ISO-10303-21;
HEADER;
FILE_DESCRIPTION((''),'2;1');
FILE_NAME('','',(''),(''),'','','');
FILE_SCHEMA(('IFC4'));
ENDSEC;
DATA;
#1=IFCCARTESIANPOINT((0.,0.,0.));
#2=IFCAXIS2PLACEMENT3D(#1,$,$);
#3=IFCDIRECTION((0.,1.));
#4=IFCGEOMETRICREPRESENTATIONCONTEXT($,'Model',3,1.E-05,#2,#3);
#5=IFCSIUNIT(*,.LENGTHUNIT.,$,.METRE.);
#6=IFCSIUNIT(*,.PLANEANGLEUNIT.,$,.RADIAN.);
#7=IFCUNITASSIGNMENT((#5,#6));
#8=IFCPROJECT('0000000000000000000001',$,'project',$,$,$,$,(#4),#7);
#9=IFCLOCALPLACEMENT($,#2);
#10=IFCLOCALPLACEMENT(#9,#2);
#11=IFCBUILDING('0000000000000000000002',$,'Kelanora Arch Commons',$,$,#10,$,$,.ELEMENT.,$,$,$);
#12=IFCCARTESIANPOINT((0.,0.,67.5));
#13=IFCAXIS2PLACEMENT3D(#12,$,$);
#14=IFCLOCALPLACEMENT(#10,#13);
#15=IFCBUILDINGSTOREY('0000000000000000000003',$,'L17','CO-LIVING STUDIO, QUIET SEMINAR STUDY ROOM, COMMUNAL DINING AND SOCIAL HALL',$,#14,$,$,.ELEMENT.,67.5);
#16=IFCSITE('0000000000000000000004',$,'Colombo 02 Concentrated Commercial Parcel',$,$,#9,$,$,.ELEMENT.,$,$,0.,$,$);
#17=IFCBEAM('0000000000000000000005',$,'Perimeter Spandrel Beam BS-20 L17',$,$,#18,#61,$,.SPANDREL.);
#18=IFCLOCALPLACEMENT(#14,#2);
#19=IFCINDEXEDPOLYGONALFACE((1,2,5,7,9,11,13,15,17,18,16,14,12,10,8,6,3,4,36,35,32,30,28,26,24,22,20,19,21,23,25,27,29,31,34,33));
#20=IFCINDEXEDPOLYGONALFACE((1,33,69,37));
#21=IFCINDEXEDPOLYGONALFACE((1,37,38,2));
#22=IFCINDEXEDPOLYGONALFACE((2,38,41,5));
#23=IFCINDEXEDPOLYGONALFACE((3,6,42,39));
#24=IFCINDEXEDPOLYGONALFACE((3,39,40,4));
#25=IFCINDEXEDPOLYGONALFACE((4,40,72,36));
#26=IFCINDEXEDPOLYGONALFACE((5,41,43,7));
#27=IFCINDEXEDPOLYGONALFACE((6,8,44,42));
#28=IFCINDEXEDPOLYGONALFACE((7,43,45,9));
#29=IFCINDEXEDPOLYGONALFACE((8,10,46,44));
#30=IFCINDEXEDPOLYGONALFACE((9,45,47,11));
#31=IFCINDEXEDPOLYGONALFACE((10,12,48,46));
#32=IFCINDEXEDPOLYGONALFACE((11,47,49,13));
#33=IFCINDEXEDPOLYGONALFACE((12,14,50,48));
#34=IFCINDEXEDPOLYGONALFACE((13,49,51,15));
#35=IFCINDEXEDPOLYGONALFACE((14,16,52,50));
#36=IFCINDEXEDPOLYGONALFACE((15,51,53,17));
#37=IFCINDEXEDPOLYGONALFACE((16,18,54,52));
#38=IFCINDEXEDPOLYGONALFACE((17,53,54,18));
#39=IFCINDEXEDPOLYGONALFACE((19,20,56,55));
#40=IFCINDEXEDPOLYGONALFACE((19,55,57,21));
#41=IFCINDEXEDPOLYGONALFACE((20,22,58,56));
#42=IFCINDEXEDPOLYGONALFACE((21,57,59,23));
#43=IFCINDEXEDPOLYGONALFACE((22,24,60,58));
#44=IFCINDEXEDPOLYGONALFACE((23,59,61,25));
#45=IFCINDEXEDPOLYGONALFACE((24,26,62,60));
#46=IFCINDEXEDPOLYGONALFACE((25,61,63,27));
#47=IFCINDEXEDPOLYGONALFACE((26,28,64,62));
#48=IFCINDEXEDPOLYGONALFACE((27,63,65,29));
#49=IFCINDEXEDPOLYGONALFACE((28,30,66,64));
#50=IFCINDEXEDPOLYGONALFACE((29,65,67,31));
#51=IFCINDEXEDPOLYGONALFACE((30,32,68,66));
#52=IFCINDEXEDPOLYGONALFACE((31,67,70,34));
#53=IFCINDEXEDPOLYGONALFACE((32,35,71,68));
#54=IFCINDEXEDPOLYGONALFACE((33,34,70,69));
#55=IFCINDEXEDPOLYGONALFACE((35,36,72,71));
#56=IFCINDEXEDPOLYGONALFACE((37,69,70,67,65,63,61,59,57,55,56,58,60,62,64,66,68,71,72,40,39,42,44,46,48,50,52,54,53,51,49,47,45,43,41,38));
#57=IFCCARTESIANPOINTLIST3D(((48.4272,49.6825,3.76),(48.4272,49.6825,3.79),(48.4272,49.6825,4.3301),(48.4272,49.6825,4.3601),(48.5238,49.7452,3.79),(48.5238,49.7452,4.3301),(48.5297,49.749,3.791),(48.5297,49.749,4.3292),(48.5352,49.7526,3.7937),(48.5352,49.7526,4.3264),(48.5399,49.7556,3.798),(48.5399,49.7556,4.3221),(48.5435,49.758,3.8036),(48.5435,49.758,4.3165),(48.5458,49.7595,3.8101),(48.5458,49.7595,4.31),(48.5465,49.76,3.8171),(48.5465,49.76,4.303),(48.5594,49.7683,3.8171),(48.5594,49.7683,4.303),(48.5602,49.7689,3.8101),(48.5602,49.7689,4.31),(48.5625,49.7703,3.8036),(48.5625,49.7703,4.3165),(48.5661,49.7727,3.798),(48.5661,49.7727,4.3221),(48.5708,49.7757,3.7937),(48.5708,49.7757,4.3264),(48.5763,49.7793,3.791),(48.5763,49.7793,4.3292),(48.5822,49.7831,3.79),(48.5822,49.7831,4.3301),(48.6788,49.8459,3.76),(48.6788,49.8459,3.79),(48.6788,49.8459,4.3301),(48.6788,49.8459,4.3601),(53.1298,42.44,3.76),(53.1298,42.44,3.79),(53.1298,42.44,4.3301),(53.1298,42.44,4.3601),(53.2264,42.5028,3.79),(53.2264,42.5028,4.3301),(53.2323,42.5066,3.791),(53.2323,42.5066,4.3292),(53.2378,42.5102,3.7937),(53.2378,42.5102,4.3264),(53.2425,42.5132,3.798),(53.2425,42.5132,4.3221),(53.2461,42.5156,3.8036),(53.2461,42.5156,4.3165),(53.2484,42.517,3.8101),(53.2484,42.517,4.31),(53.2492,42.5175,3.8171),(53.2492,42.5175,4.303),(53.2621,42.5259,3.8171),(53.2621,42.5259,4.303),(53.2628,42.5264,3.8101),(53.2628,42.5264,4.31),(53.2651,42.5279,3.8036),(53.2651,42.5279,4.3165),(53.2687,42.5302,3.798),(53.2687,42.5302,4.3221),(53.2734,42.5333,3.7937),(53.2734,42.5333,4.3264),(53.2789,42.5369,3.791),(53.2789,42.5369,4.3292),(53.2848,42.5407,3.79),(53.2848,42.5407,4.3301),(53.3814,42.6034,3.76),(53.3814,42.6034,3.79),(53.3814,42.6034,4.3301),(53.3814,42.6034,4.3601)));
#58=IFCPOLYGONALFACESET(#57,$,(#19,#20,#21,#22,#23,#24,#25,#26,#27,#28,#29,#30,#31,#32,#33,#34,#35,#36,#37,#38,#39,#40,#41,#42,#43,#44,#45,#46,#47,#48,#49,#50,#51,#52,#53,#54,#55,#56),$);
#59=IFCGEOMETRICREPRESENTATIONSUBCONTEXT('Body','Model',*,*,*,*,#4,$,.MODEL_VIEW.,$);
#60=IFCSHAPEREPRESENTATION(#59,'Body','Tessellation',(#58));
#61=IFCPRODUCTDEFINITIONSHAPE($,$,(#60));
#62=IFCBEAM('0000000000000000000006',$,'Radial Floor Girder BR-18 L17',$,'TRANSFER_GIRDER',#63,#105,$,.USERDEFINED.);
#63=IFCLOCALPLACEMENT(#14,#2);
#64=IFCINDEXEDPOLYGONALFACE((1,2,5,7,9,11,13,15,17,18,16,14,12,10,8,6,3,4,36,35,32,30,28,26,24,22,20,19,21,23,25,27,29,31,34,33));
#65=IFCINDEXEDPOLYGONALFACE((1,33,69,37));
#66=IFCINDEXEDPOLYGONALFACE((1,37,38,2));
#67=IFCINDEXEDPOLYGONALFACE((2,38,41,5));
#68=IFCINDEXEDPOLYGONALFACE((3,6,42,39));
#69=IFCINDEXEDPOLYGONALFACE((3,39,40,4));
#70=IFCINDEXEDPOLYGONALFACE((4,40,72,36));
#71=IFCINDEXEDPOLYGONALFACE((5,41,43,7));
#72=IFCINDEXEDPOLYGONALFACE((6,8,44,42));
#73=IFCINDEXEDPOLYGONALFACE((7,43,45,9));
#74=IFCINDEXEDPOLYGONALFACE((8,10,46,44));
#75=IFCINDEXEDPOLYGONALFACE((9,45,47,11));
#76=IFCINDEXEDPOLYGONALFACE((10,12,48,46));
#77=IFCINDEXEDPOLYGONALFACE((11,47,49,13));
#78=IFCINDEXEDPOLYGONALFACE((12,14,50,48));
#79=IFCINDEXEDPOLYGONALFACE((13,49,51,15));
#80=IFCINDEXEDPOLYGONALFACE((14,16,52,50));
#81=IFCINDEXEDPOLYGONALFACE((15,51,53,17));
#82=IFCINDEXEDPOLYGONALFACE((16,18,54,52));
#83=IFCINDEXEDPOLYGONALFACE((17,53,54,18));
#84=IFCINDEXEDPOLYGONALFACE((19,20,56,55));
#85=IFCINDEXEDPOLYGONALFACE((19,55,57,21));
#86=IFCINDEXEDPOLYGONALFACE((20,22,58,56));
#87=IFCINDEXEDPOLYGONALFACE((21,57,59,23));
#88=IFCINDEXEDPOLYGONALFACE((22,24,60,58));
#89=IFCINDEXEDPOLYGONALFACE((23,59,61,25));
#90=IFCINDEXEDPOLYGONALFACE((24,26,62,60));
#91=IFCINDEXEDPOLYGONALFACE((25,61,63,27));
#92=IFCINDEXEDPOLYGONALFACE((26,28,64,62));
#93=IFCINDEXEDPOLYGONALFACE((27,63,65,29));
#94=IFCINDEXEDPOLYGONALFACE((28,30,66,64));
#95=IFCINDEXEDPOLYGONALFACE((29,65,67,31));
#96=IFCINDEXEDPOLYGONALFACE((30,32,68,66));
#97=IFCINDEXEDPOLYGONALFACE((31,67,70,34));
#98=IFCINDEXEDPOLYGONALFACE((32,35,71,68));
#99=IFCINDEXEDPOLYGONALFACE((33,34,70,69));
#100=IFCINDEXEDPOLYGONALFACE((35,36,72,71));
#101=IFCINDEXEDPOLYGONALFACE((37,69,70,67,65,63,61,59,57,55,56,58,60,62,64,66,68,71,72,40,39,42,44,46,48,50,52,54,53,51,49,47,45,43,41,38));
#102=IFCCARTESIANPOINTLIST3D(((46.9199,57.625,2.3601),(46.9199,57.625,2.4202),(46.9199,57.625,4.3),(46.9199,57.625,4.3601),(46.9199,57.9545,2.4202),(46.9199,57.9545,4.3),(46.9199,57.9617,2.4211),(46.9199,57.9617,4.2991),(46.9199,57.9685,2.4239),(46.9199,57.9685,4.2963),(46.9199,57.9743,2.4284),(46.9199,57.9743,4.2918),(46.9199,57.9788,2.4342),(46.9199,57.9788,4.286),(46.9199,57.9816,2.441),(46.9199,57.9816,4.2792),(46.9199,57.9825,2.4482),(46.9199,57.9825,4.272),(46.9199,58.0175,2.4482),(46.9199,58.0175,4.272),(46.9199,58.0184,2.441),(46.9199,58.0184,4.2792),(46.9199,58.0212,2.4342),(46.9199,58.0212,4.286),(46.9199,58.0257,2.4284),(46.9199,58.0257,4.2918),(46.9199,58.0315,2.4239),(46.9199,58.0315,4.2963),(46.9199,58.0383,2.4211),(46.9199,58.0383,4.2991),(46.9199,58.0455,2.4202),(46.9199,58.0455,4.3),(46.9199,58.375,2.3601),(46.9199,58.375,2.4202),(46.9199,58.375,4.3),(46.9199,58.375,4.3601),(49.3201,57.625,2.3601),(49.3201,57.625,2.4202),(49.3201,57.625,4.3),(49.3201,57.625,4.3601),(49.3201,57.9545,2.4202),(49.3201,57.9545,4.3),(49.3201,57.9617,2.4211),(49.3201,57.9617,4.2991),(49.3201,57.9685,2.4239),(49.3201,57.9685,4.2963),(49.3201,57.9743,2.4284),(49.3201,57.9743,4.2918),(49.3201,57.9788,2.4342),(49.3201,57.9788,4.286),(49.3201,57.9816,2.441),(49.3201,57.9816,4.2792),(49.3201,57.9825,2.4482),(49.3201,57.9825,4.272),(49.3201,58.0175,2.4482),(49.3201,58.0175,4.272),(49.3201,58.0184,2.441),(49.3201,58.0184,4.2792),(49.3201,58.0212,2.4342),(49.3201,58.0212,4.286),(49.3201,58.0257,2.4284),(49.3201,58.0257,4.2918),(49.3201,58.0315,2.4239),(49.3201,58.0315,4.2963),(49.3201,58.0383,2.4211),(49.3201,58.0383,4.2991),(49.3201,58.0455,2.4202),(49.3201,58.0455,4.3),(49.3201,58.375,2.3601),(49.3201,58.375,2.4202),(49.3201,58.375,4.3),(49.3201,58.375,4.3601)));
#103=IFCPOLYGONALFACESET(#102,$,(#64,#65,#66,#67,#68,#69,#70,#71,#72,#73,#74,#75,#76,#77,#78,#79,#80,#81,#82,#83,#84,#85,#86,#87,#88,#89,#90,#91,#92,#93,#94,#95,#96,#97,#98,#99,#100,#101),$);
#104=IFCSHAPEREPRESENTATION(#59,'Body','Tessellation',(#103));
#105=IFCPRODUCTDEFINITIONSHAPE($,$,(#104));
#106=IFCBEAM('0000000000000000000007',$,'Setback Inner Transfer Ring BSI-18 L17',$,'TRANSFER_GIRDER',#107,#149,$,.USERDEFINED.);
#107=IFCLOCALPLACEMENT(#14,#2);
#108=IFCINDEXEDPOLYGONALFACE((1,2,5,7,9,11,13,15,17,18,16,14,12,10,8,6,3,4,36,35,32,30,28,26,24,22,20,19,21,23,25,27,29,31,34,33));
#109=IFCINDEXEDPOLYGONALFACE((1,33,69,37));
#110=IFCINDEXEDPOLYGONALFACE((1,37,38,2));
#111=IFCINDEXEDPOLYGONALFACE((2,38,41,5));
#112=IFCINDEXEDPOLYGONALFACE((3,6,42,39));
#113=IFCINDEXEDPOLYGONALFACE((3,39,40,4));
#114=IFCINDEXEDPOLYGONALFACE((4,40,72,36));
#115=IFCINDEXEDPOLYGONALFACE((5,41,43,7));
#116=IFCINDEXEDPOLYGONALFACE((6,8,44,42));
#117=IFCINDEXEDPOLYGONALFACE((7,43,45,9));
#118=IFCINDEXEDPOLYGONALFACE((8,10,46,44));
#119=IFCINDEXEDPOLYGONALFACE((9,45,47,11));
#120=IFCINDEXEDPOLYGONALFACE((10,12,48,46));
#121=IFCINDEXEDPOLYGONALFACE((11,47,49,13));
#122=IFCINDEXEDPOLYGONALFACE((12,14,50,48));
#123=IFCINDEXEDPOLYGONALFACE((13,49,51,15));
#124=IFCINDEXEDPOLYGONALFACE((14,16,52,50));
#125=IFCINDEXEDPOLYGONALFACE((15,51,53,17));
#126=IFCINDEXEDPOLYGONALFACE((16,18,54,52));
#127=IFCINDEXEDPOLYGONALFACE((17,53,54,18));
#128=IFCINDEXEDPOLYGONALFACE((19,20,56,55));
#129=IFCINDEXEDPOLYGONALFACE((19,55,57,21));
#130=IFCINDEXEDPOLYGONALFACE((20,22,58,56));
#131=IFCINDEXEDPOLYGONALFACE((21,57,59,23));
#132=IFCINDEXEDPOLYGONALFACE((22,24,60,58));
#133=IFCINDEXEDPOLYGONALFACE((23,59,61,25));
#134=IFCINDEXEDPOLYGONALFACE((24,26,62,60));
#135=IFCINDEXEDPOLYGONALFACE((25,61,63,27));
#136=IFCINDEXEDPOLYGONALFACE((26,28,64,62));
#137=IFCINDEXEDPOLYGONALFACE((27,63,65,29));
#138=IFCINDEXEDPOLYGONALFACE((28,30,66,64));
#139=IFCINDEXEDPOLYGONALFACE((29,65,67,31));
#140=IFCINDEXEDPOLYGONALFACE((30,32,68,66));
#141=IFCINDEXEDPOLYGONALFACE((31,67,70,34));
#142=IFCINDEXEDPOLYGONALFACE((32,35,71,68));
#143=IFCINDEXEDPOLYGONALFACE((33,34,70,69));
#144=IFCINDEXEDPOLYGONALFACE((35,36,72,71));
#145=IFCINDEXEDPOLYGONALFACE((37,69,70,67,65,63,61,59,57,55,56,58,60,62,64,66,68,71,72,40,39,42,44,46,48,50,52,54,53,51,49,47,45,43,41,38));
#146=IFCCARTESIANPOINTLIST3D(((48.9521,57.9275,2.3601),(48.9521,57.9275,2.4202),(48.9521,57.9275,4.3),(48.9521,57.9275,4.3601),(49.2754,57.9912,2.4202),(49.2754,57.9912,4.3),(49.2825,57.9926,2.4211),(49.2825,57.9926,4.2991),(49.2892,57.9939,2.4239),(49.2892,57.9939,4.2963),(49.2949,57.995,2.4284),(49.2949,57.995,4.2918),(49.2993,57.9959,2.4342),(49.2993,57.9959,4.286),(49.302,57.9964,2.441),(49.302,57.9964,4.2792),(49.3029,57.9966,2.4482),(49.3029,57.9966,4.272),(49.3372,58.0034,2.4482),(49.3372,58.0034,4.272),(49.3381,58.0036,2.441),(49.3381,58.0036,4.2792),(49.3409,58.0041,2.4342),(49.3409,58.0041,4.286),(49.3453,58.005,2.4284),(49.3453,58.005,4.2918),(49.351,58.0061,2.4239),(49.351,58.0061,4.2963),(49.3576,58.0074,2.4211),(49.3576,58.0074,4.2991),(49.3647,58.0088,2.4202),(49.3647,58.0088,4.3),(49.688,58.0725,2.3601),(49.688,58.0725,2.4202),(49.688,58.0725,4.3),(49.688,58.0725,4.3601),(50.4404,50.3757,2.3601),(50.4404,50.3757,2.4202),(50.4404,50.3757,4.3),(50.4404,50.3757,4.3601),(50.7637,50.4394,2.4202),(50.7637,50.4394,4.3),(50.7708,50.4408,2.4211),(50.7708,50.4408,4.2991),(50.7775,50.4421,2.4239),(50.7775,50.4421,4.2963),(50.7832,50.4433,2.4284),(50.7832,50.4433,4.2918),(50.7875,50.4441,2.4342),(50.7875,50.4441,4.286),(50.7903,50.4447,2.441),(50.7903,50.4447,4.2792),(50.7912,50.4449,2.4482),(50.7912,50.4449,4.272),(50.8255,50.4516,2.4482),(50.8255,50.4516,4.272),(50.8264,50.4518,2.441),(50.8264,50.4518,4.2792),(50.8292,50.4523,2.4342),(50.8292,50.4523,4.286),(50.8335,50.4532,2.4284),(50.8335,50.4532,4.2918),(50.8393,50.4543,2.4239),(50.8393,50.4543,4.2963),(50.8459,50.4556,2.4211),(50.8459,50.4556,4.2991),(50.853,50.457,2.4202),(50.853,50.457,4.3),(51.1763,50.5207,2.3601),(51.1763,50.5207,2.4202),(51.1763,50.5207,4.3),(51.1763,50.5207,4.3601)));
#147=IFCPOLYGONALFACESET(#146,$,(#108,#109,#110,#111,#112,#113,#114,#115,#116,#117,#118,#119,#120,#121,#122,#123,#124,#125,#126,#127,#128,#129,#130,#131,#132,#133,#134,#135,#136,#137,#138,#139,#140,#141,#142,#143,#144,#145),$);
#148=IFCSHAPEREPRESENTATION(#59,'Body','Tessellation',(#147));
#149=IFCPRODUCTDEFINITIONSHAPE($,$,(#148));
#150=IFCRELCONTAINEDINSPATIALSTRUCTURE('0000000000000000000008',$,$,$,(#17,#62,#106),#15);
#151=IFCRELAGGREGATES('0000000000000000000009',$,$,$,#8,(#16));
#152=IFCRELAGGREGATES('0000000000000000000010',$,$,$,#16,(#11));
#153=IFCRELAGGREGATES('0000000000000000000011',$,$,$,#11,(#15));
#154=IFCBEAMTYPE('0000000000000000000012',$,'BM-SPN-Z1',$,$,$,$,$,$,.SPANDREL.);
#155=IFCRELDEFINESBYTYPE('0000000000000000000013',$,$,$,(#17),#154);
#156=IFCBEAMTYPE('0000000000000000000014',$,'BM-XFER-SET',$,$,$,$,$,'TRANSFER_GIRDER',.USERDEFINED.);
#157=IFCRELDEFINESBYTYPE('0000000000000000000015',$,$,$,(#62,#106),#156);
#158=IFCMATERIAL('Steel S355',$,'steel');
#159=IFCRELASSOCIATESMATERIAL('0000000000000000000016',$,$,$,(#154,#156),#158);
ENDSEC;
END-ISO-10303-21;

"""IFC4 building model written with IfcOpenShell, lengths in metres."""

from ifc_helpers import new_model, si_unit, direction, frame, origin, origin_2d, place, context, subcontext, project, spatial, i_section, extrude, material, material_profile, profile_set, type_object, element, save


model = new_model("IFC4")

# Units and contexts
model_context = context("Model", 3, precision=1e-05, world=origin(), true_north=direction((0.0, 1.0)))
body_context = subcontext(model_context, "Body", "Model", "MODEL_VIEW")
ifc_project = project(units=[si_unit("LENGTHUNIT", "METRE"), si_unit("PLANEANGLEUNIT", "RADIAN")], contexts=[model_context])

# Site, building, storey
site_placement = place(None, origin())
site = spatial("IfcSite", under=ifc_project, at=site_placement, Name="Colombo 02 Concentrated Commercial Parcel", CompositionType="ELEMENT", RefElevation=0.0)
building_placement = place(site_placement, origin())
building = spatial("IfcBuilding", under=site, at=building_placement, Name="Kelanora Arch Commons", CompositionType="ELEMENT")
storey_placement = place(building_placement, frame((0.0, 0.0, 67.5)))
storey = spatial("IfcBuildingStorey", under=building, at=storey_placement, Name="L17", Description="CO-LIVING STUDIO, QUIET SEMINAR STUDY ROOM, COMMUNAL DINING AND SOCIAL HALL", CompositionType="ELEMENT", Elevation=67.5)

# Beams
ifc_material_1 = material(Name="Steel S355", Category="steel")
ifc_material_profile_1 = material_profile(ifc_material_1, i_section(OverallWidth=0.3, OverallDepth=0.6001, WebThickness=0.0154, FlangeThickness=0.03, FilletRadius=0.0271, at=origin_2d()), Name="HEB600")
ifc_profile_set_1 = profile_set([ifc_material_profile_1], Name="Steel S355")
beam_type_1 = type_object("IfcBeamType", Name="BM-SPN-Z1", PredefinedType="SPANDREL", material=ifc_profile_set_1)
beam_1_placement = place(storey_placement, frame((48.553, 49.7642, 4.0601), z_axis=(0.544586, -0.838705, 0.0), x_axis=(0.838705, 0.544586, 0.0)))
element("IfcBeam", 1, at=beam_1_placement, inside=storey, type_object=beam_type_1, Name="Perimeter Spandrel Beam BS-20 L17", PredefinedType="SPANDREL", context=body_context, shape_type="SweptSolid", body=[
    extrude(i_section(OverallWidth=0.3, OverallDepth=0.6001, WebThickness=0.0154, FlangeThickness=0.03, FilletRadius=0.0271, at=origin_2d()), origin(), (0.0, 0.0, 1.0), 8.6353),
])
ifc_material_profile_2 = material_profile(ifc_material_1, i_section(OverallWidth=0.75, OverallDepth=2.0, WebThickness=0.0349, FlangeThickness=0.0601, FilletRadius=0.0281, at=origin_2d()), Name="PG2000x750")
ifc_profile_set_2 = profile_set([ifc_material_profile_2], Name="Steel S355")
beam_type_2 = type_object("IfcBeamType", Name="BM-XFER-SET", ElementType="TRANSFER_GIRDER", PredefinedType="USERDEFINED", material=ifc_profile_set_2)
beam_2_placement = place(storey_placement, frame((49.3201, 58.0, 3.3601), z_axis=(-1.0, 0.0, 0.0), x_axis=(0.0, -1.0, 0.0)))
element("IfcBeam", 2, at=beam_2_placement, inside=storey, type_object=beam_type_2, Name="Radial Floor Girder BR-18 L17", ObjectType="TRANSFER_GIRDER", PredefinedType="USERDEFINED", context=body_context, shape_type="SweptSolid", body=[
    extrude(i_section(OverallWidth=0.75, OverallDepth=2.0, WebThickness=0.0349, FlangeThickness=0.0601, FilletRadius=0.0281, at=origin_2d()), origin(), (0.0, 0.0, 1.0), 2.4001),
])
beam_3_placement = place(storey_placement, frame((49.3201, 58.0, 3.3601), z_axis=(0.193358, -0.981128, 0.0), x_axis=(0.981128, 0.193358, 0.0)))
element("IfcBeam", 3, at=beam_3_placement, inside=storey, type_object=beam_type_2, Name="Setback Inner Transfer Ring BSI-18 L17", ObjectType="TRANSFER_GIRDER", PredefinedType="USERDEFINED", context=body_context, shape_type="SweptSolid", body=[
    extrude(i_section(OverallWidth=0.75, OverallDepth=2.0, WebThickness=0.0349, FlangeThickness=0.0601, FilletRadius=0.0281, at=origin_2d()), origin(), (0.0, 0.0, 1.0), 7.697),
])

save(model, "model.ifc")
